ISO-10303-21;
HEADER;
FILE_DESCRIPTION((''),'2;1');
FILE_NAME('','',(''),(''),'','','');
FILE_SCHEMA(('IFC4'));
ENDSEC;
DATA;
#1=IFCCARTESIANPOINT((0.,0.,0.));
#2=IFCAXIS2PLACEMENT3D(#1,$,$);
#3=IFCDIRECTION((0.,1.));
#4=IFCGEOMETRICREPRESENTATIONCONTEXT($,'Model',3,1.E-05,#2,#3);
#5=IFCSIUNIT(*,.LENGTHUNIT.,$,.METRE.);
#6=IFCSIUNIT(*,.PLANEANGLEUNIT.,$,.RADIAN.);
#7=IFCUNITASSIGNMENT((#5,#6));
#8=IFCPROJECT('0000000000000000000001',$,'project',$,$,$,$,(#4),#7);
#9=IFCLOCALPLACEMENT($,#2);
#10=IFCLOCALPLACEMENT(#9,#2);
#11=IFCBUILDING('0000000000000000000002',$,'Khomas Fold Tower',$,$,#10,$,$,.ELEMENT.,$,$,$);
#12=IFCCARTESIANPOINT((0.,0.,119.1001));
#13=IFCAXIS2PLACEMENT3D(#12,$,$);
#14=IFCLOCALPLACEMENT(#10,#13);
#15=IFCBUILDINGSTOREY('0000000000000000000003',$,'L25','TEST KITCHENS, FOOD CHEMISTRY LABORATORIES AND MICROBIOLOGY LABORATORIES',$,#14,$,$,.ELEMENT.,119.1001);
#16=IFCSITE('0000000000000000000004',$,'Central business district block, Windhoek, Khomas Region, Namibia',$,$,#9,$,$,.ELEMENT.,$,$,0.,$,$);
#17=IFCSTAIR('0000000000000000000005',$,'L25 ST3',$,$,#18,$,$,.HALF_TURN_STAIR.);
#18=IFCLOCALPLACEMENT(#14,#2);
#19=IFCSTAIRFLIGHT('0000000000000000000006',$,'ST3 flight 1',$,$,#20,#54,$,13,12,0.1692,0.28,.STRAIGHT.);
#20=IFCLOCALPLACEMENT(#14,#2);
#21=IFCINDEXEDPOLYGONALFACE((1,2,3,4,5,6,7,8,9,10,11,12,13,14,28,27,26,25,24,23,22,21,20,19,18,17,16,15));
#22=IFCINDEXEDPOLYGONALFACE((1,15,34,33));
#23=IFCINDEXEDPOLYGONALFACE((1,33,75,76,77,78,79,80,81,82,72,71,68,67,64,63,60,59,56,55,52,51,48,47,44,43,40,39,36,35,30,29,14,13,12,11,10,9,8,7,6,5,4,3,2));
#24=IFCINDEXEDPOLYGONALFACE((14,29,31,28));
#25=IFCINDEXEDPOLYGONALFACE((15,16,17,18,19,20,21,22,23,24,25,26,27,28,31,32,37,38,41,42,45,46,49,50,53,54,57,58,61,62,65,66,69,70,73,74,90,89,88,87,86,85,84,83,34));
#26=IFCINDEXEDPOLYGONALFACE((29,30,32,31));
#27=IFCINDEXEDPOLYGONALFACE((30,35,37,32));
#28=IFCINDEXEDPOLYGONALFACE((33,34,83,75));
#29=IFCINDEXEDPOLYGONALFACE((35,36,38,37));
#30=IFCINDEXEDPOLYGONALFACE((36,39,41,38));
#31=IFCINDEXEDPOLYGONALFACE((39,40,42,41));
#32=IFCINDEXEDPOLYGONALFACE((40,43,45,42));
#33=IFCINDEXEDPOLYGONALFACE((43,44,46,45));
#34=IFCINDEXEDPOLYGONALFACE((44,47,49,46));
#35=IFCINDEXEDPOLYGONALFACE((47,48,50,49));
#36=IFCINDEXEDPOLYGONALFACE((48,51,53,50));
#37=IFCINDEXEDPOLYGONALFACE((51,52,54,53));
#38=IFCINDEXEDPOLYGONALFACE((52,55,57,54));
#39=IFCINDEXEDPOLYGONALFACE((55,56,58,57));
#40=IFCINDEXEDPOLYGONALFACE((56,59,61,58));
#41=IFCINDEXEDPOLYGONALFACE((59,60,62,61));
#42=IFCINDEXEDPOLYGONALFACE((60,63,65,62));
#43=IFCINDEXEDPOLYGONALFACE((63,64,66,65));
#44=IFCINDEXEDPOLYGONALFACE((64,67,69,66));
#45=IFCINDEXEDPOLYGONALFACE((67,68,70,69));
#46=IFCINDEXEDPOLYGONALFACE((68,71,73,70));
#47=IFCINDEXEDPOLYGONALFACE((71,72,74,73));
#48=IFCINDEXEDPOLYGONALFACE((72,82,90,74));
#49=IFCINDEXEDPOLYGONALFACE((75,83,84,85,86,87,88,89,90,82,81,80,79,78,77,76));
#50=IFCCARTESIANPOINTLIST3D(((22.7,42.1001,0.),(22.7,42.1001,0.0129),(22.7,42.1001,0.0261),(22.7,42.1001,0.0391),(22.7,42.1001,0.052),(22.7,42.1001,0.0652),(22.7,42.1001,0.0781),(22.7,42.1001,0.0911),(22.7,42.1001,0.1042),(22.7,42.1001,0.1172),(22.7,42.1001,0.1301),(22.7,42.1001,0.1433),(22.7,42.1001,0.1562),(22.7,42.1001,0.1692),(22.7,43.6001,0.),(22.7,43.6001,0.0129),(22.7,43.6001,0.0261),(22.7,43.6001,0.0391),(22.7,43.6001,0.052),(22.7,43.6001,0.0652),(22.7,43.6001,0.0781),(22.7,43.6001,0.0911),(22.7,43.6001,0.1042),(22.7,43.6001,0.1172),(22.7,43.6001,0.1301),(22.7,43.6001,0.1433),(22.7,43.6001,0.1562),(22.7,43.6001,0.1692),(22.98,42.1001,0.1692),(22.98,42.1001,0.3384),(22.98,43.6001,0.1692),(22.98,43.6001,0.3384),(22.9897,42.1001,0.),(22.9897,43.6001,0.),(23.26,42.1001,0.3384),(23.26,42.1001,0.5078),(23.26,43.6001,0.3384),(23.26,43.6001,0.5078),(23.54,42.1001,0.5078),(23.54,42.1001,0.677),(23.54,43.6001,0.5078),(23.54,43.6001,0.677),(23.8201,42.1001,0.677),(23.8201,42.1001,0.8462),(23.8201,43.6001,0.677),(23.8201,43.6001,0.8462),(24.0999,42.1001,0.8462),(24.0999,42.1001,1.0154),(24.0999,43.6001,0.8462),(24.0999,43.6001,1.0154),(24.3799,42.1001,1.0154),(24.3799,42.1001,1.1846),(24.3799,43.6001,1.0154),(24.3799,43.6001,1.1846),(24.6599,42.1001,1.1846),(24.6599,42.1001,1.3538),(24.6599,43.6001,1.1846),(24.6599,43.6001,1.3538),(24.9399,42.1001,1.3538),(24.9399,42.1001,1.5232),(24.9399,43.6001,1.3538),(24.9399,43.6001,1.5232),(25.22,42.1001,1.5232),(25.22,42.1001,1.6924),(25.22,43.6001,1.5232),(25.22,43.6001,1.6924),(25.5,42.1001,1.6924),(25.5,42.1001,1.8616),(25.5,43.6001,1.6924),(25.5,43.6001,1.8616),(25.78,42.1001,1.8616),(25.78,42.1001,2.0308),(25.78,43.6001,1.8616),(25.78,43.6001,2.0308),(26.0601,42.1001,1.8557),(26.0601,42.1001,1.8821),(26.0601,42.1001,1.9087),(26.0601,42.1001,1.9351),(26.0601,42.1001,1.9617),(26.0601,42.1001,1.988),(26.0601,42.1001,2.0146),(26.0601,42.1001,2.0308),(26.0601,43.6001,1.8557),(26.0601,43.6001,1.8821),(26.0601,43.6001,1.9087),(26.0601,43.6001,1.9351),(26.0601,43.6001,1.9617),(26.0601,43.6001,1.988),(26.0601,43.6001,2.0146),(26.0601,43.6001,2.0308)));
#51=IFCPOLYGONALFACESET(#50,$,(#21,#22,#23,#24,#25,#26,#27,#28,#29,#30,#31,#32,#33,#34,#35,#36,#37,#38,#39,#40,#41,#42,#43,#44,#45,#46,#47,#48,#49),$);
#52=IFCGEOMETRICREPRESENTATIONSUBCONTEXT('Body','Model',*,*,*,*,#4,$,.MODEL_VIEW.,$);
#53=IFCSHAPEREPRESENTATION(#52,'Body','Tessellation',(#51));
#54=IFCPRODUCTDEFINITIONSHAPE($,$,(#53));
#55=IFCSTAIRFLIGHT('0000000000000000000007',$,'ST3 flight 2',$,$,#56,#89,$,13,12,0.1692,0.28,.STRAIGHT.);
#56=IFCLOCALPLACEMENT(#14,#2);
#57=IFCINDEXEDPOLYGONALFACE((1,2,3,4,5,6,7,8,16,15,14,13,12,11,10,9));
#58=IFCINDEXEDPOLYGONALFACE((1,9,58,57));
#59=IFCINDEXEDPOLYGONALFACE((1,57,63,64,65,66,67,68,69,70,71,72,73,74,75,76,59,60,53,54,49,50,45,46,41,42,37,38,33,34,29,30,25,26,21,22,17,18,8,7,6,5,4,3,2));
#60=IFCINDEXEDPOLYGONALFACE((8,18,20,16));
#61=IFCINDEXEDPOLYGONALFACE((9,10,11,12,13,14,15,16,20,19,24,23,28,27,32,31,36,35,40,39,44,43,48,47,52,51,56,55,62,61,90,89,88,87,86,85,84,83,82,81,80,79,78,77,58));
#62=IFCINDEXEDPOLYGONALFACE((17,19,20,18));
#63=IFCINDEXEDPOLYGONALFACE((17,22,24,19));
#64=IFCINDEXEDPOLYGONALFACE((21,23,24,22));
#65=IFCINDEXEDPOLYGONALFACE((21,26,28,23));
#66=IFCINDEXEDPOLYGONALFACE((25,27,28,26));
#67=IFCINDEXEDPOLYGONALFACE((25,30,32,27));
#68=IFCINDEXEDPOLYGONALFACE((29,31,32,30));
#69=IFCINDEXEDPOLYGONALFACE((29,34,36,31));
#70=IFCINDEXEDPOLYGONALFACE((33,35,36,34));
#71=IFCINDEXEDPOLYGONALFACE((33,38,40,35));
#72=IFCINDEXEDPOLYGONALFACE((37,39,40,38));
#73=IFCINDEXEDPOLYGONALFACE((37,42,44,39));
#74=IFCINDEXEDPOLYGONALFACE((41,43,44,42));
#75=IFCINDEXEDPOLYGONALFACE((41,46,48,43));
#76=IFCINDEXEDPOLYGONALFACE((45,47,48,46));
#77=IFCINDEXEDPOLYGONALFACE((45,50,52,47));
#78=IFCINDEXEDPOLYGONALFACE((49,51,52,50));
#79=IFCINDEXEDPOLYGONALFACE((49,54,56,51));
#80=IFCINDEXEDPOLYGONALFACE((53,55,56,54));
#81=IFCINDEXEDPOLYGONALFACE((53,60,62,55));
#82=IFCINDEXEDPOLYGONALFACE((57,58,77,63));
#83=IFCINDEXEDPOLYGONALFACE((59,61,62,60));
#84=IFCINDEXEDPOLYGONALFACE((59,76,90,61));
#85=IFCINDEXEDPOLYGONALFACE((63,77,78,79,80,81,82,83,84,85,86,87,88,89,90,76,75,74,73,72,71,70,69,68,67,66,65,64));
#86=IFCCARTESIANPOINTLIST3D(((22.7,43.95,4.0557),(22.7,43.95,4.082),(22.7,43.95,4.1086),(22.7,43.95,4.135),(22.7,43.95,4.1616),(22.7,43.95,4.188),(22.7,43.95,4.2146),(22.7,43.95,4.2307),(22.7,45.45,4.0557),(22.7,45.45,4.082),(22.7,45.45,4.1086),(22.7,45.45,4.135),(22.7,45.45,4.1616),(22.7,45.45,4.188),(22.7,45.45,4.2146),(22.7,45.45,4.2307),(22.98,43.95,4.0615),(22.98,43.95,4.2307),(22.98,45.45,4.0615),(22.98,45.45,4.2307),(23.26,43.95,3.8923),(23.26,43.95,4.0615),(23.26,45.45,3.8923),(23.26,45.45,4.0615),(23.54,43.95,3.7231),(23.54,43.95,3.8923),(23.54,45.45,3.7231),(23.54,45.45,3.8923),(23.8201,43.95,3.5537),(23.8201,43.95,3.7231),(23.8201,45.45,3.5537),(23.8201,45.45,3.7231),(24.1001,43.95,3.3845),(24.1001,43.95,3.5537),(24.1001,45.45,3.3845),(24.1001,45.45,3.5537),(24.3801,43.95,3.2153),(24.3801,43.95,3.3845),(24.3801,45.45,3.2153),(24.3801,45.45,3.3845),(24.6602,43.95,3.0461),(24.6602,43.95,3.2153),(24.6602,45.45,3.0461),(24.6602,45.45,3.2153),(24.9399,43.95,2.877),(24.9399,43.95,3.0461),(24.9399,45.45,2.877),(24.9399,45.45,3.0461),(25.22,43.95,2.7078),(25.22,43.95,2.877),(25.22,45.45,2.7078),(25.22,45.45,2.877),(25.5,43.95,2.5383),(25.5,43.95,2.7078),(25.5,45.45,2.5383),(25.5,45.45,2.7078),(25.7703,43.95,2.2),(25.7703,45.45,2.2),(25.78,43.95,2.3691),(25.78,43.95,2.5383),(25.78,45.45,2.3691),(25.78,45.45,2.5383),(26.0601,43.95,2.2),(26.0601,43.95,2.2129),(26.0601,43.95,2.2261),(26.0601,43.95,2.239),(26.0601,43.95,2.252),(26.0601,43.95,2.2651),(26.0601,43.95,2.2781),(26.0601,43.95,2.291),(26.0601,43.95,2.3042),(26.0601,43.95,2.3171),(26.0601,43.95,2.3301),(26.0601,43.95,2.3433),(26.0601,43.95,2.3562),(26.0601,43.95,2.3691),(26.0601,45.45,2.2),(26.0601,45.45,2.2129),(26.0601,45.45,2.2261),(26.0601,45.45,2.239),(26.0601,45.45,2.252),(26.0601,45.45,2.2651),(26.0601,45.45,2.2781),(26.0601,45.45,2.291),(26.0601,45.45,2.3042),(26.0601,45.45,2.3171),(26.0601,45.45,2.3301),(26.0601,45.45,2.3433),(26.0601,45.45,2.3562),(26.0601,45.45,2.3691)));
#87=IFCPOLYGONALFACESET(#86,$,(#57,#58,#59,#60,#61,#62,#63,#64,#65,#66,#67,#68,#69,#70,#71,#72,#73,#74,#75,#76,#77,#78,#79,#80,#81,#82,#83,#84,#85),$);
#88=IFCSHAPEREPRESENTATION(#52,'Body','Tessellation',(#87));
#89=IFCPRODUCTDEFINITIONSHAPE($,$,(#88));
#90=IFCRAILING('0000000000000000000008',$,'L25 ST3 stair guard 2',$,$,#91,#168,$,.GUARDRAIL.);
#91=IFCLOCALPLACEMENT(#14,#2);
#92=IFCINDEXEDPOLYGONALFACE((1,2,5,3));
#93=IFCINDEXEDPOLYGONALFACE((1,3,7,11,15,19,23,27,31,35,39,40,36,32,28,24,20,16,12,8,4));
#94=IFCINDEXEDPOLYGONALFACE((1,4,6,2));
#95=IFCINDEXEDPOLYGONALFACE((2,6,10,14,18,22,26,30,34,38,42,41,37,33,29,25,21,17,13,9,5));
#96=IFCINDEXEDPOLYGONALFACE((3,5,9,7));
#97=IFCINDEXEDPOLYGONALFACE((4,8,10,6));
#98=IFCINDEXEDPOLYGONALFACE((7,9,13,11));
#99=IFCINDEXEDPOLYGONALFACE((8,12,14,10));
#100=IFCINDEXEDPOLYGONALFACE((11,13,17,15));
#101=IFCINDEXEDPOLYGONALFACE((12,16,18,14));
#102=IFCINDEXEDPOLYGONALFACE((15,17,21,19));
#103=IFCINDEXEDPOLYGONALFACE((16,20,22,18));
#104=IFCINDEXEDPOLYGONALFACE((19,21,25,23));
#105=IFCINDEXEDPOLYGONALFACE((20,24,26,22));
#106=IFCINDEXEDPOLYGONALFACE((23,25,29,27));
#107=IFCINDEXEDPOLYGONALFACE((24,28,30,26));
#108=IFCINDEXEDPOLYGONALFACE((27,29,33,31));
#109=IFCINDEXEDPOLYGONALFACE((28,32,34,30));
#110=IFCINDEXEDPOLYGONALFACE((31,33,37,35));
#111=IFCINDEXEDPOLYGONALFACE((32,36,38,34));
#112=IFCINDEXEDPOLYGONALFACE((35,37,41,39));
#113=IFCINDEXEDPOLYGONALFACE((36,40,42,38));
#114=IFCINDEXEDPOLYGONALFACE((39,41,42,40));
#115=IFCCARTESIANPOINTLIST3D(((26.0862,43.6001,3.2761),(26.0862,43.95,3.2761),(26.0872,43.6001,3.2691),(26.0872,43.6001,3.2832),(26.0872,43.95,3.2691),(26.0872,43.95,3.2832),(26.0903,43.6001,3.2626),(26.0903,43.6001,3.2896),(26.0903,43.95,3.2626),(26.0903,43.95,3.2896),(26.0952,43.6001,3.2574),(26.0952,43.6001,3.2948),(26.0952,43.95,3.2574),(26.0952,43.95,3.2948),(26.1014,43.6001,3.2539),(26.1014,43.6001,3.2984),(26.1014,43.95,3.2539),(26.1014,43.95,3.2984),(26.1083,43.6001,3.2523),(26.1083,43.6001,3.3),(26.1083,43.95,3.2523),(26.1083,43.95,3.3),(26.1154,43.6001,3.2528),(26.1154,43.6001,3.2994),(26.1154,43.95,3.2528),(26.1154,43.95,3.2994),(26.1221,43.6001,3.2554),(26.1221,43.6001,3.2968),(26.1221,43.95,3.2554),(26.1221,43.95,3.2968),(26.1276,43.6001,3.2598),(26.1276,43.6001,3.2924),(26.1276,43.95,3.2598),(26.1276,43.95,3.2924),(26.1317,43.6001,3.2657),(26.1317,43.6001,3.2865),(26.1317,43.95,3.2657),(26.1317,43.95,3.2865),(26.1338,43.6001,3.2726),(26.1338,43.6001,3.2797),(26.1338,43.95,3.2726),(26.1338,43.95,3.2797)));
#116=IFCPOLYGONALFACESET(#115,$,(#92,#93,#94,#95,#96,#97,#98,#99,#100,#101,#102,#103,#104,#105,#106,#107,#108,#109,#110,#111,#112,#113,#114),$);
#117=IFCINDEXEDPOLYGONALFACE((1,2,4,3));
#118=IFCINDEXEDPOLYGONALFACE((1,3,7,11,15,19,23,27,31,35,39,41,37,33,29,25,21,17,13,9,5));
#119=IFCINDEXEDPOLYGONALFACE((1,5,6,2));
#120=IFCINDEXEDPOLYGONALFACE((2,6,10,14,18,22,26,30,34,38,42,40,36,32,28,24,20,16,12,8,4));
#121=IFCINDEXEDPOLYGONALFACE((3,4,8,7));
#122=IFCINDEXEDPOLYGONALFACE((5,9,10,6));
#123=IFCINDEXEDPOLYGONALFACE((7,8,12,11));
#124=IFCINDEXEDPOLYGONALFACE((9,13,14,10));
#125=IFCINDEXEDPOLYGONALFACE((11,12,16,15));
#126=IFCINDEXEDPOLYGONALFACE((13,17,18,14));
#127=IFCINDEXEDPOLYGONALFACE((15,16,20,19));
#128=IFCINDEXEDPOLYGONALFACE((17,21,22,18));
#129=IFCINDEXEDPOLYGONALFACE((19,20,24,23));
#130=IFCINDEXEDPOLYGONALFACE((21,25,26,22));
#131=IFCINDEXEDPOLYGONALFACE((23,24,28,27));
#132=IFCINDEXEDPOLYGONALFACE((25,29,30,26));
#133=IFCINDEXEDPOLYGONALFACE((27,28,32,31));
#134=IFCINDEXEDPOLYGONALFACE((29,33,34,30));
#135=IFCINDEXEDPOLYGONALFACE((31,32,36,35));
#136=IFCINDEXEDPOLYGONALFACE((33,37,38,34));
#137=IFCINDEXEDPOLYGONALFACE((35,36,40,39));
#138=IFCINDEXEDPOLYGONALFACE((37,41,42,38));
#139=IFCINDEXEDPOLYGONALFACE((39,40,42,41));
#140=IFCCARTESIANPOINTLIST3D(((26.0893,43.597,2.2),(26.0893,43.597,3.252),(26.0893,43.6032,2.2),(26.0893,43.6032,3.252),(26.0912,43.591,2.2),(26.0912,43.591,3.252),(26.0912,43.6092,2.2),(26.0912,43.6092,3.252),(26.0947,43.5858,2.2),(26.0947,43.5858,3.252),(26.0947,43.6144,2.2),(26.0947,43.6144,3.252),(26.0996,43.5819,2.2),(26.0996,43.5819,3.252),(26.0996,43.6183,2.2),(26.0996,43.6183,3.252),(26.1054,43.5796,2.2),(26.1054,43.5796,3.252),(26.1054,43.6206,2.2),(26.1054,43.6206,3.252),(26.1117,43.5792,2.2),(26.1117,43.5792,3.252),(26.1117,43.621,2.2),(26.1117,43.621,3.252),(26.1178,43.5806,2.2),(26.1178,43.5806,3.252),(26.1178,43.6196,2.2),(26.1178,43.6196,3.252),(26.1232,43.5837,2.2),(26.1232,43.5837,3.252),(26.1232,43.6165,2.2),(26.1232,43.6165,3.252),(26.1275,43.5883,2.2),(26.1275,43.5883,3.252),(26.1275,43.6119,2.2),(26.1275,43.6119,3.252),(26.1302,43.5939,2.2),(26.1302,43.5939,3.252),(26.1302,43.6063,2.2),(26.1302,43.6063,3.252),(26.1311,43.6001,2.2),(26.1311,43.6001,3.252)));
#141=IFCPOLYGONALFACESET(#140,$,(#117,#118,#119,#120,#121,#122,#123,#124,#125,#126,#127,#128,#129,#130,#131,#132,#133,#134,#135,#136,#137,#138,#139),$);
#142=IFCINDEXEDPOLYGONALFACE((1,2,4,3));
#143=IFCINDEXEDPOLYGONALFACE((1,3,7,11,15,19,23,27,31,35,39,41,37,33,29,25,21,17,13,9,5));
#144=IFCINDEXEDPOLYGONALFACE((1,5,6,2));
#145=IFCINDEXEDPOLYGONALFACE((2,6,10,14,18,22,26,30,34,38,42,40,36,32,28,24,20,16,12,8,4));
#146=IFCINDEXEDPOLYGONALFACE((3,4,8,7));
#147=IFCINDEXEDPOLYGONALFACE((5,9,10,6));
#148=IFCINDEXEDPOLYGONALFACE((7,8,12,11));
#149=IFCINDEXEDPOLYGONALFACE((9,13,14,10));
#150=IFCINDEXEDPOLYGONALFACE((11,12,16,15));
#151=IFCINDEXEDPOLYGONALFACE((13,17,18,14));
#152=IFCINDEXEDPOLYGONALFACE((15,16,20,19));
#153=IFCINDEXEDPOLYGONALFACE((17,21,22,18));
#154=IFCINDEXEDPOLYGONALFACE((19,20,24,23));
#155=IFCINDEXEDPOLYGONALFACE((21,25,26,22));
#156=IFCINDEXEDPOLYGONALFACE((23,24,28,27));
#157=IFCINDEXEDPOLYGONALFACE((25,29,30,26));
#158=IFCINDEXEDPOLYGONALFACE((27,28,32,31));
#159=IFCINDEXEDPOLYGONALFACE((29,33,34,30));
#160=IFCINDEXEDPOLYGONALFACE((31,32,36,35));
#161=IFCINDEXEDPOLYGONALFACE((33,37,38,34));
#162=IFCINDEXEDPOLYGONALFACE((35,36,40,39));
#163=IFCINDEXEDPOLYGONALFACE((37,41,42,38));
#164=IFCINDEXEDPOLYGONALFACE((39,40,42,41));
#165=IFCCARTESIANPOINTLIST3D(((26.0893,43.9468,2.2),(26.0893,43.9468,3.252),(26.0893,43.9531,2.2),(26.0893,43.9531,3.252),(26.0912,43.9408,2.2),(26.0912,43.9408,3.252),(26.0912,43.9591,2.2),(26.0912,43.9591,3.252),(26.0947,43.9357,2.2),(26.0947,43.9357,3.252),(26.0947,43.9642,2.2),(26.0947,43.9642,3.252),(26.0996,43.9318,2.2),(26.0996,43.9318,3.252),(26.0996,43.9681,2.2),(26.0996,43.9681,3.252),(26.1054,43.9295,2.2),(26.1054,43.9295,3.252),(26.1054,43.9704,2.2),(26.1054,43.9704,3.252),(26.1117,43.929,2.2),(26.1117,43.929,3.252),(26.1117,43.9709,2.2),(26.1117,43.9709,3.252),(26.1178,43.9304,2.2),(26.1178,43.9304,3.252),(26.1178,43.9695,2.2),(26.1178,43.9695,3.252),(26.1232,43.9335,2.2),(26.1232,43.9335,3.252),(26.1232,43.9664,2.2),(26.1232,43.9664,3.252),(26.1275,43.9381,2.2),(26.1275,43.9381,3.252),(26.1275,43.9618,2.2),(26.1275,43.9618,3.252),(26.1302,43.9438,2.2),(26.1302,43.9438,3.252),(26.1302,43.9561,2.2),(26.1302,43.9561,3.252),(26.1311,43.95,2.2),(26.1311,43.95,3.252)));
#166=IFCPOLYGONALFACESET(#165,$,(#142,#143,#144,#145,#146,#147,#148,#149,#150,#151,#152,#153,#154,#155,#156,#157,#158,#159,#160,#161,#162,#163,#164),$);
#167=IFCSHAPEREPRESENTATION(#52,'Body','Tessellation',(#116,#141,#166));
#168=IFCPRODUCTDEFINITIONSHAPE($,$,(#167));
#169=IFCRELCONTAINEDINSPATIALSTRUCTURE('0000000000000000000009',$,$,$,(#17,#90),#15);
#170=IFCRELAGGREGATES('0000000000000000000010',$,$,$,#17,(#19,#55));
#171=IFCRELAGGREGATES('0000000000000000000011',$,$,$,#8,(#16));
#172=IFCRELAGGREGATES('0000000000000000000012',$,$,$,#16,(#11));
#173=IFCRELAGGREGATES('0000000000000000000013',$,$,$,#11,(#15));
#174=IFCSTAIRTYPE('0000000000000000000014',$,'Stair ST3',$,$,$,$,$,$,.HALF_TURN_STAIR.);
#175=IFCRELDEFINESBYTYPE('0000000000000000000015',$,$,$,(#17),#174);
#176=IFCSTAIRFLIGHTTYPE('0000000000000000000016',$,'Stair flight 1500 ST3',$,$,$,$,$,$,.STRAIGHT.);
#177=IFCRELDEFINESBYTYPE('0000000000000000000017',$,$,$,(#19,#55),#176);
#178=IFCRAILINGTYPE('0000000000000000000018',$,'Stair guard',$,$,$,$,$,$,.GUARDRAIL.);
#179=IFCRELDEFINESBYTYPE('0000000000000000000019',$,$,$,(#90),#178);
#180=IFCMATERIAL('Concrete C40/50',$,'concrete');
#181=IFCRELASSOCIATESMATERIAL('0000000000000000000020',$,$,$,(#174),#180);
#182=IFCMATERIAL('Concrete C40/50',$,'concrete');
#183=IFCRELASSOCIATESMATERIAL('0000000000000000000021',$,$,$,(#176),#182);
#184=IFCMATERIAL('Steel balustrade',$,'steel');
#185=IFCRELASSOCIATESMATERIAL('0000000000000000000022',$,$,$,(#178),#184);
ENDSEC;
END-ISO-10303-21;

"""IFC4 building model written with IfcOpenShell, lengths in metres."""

from ifc_helpers import new_model, si_unit, direction, frame, origin, origin_2d, place, context, subcontext, project, spatial, polyline, circle, outline, extrude, source, transform, mapped, material, type_object, element, aggregate, save


model = new_model("IFC4")

# Units and contexts
model_context = context("Model", 3, precision=1e-05, world=origin(), true_north=direction((0.0, 1.0)))
body_context = subcontext(model_context, "Body", "Model", "MODEL_VIEW")
ifc_project = project(units=[si_unit("LENGTHUNIT", "METRE"), si_unit("PLANEANGLEUNIT", "RADIAN")], contexts=[model_context])

# Site, building, storey
site_placement = place(None, origin())
site = spatial("IfcSite", under=ifc_project, at=site_placement, Name="Central business district block, Windhoek, Khomas Region, Namibia", CompositionType="ELEMENT", RefElevation=0.0)
building_placement = place(site_placement, origin())
building = spatial("IfcBuilding", under=site, at=building_placement, Name="Khomas Fold Tower", CompositionType="ELEMENT")
storey_placement = place(building_placement, frame((0.0, 0.0, 119.1001)))
storey = spatial("IfcBuildingStorey", under=building, at=storey_placement, Name="L25", Description="TEST KITCHENS, FOOD CHEMISTRY LABORATORIES AND MICROBIOLOGY LABORATORIES", CompositionType="ELEMENT", Elevation=119.1001)

# Stair, stair flights
ifc_material_1 = material(Name="Concrete C40/50", Category="concrete")
stair_type = type_object("IfcStairType", Name="Stair ST3", PredefinedType="HALF_TURN_STAIR", material=ifc_material_1)
stair_placement = place(storey_placement, origin())
stair = element("IfcStair", 1, at=stair_placement, inside=storey, type_object=stair_type, Name="L25 ST3", PredefinedType="HALF_TURN_STAIR")
ifc_material_2 = material(Name="Concrete C40/50", Category="concrete")
stair_flight_type = type_object("IfcStairFlightType", Name="Stair flight 1500 ST3", PredefinedType="STRAIGHT", material=ifc_material_2)
shared_shape_1 = source(origin(), body_context, "Body", "SweptSolid", [
    extrude(outline(polyline([(0.0, 0.0), (0.0, 0.0129), (0.0, 0.0261), (0.0, 0.0391), (0.0, 0.052), (0.0, 0.0652), (0.0, 0.0781), (0.0, 0.0911), (0.0, 0.1042), (0.0, 0.1172), (0.0, 0.1301), (0.0, 0.1433), (0.0, 0.1562), (0.0, 0.1692), (0.28, 0.1692), (0.28, 0.3384), (0.5601, 0.3384), (0.5601, 0.5078), (0.8401, 0.5078), (0.8401, 0.677), (1.1201, 0.677), (1.1201, 0.8462), (1.3999, 0.8462), (1.3999, 1.0154), (1.6799, 1.0154), (1.6799, 1.1846), (1.96, 1.1846), (1.96, 1.3538), (2.24, 1.3538), (2.24, 1.5232), (2.52, 1.5232), (2.52, 1.6924), (2.8, 1.6924), (2.8, 1.8616), (3.0801, 1.8616), (3.0801, 2.0308), (3.3601, 2.0308), (3.3601, 2.2), (3.3601, 2.1736), (3.3601, 2.147), (3.3601, 2.1206), (3.3601, 2.094), (3.3601, 2.0676), (3.3601, 2.041), (3.3601, 2.0146), (3.3601, 1.988), (3.3601, 1.9617), (3.3601, 1.9351), (3.3601, 1.9087), (3.3601, 1.8821), (3.3601, 1.8557), (0.2898, 0.0), (0.0, 0.0)])), frame((0.0, 0.75, 0.0), z_axis=(0.0, -1.0, 0.0), x_axis=(1.0, 0.0, 0.0)), (0.0, 0.0, 1.0), 1.5),
])
stair_flight_1_placement = place(storey_placement, frame((22.7, 42.8501, 0.0), z_axis=(0.0, 0.0, 1.0), x_axis=(1.0, 0.0, 0.0)))
stair_flight_1 = element("IfcStairFlight", 2, at=stair_flight_1_placement, type_object=stair_flight_type, Name="ST3 flight 1", NumberOfRisers=13, NumberOfTreads=12, PredefinedType="STRAIGHT", RiserHeight=0.1692, TreadLength=0.28, context=body_context, shape_type="MappedRepresentation", body=[
    mapped(shared_shape_1, transform((0.0, 0.0, 0.0))),
])
stair_flight_2_placement = place(storey_placement, frame((26.0601, 44.7, 2.2), z_axis=(0.0, 0.0, 1.0), x_axis=(-1.0, 0.0, 0.0)))
stair_flight_2 = element("IfcStairFlight", 3, at=stair_flight_2_placement, type_object=stair_flight_type, Name="ST3 flight 2", NumberOfRisers=13, NumberOfTreads=12, PredefinedType="STRAIGHT", RiserHeight=0.1692, TreadLength=0.28, context=body_context, shape_type="MappedRepresentation", body=[
    mapped(shared_shape_1, transform((0.0, 0.0, 0.0))),
])
aggregate(stair, [stair_flight_1, stair_flight_2])

# Railing
ifc_material_3 = material(Name="Steel balustrade", Category="steel")
railing_type_1 = type_object("IfcRailingType", Name="Stair guard", PredefinedType="GUARDRAIL", material=ifc_material_3)
shared_shape_2 = source(origin(), body_context, "Body", "SweptSolid", [
    extrude(circle(Radius=0.0239, at=origin_2d()), frame((0.0, 0.0, 1.0762), z_axis=(0.0, 1.0, 0.0), x_axis=(-1.0, 0.0, 0.0)), (0.0, 0.0, 1.0), 0.3499),
    extrude(circle(Radius=0.021, at=origin_2d()), origin(), (0.0, 0.0, 1.0), 1.052),
    extrude(circle(Radius=0.021, at=origin_2d()), frame((0.0, 0.3499, 0.0)), (0.0, 0.0, 1.0), 1.052),
])
for number, where, name in (
    (4, (26.1101, 43.6001, 2.2), "L25 ST3 stair guard 2"),
):
    element("IfcRailing", number, at=place(storey_placement, frame(where)), inside=storey, type_object=railing_type_1, Name=name, PredefinedType="GUARDRAIL", context=body_context, shape_type="MappedRepresentation", body=[
        mapped(shared_shape_2, transform((0.0, 0.0, 0.0))),
    ])

save(model, "model.ifc")
